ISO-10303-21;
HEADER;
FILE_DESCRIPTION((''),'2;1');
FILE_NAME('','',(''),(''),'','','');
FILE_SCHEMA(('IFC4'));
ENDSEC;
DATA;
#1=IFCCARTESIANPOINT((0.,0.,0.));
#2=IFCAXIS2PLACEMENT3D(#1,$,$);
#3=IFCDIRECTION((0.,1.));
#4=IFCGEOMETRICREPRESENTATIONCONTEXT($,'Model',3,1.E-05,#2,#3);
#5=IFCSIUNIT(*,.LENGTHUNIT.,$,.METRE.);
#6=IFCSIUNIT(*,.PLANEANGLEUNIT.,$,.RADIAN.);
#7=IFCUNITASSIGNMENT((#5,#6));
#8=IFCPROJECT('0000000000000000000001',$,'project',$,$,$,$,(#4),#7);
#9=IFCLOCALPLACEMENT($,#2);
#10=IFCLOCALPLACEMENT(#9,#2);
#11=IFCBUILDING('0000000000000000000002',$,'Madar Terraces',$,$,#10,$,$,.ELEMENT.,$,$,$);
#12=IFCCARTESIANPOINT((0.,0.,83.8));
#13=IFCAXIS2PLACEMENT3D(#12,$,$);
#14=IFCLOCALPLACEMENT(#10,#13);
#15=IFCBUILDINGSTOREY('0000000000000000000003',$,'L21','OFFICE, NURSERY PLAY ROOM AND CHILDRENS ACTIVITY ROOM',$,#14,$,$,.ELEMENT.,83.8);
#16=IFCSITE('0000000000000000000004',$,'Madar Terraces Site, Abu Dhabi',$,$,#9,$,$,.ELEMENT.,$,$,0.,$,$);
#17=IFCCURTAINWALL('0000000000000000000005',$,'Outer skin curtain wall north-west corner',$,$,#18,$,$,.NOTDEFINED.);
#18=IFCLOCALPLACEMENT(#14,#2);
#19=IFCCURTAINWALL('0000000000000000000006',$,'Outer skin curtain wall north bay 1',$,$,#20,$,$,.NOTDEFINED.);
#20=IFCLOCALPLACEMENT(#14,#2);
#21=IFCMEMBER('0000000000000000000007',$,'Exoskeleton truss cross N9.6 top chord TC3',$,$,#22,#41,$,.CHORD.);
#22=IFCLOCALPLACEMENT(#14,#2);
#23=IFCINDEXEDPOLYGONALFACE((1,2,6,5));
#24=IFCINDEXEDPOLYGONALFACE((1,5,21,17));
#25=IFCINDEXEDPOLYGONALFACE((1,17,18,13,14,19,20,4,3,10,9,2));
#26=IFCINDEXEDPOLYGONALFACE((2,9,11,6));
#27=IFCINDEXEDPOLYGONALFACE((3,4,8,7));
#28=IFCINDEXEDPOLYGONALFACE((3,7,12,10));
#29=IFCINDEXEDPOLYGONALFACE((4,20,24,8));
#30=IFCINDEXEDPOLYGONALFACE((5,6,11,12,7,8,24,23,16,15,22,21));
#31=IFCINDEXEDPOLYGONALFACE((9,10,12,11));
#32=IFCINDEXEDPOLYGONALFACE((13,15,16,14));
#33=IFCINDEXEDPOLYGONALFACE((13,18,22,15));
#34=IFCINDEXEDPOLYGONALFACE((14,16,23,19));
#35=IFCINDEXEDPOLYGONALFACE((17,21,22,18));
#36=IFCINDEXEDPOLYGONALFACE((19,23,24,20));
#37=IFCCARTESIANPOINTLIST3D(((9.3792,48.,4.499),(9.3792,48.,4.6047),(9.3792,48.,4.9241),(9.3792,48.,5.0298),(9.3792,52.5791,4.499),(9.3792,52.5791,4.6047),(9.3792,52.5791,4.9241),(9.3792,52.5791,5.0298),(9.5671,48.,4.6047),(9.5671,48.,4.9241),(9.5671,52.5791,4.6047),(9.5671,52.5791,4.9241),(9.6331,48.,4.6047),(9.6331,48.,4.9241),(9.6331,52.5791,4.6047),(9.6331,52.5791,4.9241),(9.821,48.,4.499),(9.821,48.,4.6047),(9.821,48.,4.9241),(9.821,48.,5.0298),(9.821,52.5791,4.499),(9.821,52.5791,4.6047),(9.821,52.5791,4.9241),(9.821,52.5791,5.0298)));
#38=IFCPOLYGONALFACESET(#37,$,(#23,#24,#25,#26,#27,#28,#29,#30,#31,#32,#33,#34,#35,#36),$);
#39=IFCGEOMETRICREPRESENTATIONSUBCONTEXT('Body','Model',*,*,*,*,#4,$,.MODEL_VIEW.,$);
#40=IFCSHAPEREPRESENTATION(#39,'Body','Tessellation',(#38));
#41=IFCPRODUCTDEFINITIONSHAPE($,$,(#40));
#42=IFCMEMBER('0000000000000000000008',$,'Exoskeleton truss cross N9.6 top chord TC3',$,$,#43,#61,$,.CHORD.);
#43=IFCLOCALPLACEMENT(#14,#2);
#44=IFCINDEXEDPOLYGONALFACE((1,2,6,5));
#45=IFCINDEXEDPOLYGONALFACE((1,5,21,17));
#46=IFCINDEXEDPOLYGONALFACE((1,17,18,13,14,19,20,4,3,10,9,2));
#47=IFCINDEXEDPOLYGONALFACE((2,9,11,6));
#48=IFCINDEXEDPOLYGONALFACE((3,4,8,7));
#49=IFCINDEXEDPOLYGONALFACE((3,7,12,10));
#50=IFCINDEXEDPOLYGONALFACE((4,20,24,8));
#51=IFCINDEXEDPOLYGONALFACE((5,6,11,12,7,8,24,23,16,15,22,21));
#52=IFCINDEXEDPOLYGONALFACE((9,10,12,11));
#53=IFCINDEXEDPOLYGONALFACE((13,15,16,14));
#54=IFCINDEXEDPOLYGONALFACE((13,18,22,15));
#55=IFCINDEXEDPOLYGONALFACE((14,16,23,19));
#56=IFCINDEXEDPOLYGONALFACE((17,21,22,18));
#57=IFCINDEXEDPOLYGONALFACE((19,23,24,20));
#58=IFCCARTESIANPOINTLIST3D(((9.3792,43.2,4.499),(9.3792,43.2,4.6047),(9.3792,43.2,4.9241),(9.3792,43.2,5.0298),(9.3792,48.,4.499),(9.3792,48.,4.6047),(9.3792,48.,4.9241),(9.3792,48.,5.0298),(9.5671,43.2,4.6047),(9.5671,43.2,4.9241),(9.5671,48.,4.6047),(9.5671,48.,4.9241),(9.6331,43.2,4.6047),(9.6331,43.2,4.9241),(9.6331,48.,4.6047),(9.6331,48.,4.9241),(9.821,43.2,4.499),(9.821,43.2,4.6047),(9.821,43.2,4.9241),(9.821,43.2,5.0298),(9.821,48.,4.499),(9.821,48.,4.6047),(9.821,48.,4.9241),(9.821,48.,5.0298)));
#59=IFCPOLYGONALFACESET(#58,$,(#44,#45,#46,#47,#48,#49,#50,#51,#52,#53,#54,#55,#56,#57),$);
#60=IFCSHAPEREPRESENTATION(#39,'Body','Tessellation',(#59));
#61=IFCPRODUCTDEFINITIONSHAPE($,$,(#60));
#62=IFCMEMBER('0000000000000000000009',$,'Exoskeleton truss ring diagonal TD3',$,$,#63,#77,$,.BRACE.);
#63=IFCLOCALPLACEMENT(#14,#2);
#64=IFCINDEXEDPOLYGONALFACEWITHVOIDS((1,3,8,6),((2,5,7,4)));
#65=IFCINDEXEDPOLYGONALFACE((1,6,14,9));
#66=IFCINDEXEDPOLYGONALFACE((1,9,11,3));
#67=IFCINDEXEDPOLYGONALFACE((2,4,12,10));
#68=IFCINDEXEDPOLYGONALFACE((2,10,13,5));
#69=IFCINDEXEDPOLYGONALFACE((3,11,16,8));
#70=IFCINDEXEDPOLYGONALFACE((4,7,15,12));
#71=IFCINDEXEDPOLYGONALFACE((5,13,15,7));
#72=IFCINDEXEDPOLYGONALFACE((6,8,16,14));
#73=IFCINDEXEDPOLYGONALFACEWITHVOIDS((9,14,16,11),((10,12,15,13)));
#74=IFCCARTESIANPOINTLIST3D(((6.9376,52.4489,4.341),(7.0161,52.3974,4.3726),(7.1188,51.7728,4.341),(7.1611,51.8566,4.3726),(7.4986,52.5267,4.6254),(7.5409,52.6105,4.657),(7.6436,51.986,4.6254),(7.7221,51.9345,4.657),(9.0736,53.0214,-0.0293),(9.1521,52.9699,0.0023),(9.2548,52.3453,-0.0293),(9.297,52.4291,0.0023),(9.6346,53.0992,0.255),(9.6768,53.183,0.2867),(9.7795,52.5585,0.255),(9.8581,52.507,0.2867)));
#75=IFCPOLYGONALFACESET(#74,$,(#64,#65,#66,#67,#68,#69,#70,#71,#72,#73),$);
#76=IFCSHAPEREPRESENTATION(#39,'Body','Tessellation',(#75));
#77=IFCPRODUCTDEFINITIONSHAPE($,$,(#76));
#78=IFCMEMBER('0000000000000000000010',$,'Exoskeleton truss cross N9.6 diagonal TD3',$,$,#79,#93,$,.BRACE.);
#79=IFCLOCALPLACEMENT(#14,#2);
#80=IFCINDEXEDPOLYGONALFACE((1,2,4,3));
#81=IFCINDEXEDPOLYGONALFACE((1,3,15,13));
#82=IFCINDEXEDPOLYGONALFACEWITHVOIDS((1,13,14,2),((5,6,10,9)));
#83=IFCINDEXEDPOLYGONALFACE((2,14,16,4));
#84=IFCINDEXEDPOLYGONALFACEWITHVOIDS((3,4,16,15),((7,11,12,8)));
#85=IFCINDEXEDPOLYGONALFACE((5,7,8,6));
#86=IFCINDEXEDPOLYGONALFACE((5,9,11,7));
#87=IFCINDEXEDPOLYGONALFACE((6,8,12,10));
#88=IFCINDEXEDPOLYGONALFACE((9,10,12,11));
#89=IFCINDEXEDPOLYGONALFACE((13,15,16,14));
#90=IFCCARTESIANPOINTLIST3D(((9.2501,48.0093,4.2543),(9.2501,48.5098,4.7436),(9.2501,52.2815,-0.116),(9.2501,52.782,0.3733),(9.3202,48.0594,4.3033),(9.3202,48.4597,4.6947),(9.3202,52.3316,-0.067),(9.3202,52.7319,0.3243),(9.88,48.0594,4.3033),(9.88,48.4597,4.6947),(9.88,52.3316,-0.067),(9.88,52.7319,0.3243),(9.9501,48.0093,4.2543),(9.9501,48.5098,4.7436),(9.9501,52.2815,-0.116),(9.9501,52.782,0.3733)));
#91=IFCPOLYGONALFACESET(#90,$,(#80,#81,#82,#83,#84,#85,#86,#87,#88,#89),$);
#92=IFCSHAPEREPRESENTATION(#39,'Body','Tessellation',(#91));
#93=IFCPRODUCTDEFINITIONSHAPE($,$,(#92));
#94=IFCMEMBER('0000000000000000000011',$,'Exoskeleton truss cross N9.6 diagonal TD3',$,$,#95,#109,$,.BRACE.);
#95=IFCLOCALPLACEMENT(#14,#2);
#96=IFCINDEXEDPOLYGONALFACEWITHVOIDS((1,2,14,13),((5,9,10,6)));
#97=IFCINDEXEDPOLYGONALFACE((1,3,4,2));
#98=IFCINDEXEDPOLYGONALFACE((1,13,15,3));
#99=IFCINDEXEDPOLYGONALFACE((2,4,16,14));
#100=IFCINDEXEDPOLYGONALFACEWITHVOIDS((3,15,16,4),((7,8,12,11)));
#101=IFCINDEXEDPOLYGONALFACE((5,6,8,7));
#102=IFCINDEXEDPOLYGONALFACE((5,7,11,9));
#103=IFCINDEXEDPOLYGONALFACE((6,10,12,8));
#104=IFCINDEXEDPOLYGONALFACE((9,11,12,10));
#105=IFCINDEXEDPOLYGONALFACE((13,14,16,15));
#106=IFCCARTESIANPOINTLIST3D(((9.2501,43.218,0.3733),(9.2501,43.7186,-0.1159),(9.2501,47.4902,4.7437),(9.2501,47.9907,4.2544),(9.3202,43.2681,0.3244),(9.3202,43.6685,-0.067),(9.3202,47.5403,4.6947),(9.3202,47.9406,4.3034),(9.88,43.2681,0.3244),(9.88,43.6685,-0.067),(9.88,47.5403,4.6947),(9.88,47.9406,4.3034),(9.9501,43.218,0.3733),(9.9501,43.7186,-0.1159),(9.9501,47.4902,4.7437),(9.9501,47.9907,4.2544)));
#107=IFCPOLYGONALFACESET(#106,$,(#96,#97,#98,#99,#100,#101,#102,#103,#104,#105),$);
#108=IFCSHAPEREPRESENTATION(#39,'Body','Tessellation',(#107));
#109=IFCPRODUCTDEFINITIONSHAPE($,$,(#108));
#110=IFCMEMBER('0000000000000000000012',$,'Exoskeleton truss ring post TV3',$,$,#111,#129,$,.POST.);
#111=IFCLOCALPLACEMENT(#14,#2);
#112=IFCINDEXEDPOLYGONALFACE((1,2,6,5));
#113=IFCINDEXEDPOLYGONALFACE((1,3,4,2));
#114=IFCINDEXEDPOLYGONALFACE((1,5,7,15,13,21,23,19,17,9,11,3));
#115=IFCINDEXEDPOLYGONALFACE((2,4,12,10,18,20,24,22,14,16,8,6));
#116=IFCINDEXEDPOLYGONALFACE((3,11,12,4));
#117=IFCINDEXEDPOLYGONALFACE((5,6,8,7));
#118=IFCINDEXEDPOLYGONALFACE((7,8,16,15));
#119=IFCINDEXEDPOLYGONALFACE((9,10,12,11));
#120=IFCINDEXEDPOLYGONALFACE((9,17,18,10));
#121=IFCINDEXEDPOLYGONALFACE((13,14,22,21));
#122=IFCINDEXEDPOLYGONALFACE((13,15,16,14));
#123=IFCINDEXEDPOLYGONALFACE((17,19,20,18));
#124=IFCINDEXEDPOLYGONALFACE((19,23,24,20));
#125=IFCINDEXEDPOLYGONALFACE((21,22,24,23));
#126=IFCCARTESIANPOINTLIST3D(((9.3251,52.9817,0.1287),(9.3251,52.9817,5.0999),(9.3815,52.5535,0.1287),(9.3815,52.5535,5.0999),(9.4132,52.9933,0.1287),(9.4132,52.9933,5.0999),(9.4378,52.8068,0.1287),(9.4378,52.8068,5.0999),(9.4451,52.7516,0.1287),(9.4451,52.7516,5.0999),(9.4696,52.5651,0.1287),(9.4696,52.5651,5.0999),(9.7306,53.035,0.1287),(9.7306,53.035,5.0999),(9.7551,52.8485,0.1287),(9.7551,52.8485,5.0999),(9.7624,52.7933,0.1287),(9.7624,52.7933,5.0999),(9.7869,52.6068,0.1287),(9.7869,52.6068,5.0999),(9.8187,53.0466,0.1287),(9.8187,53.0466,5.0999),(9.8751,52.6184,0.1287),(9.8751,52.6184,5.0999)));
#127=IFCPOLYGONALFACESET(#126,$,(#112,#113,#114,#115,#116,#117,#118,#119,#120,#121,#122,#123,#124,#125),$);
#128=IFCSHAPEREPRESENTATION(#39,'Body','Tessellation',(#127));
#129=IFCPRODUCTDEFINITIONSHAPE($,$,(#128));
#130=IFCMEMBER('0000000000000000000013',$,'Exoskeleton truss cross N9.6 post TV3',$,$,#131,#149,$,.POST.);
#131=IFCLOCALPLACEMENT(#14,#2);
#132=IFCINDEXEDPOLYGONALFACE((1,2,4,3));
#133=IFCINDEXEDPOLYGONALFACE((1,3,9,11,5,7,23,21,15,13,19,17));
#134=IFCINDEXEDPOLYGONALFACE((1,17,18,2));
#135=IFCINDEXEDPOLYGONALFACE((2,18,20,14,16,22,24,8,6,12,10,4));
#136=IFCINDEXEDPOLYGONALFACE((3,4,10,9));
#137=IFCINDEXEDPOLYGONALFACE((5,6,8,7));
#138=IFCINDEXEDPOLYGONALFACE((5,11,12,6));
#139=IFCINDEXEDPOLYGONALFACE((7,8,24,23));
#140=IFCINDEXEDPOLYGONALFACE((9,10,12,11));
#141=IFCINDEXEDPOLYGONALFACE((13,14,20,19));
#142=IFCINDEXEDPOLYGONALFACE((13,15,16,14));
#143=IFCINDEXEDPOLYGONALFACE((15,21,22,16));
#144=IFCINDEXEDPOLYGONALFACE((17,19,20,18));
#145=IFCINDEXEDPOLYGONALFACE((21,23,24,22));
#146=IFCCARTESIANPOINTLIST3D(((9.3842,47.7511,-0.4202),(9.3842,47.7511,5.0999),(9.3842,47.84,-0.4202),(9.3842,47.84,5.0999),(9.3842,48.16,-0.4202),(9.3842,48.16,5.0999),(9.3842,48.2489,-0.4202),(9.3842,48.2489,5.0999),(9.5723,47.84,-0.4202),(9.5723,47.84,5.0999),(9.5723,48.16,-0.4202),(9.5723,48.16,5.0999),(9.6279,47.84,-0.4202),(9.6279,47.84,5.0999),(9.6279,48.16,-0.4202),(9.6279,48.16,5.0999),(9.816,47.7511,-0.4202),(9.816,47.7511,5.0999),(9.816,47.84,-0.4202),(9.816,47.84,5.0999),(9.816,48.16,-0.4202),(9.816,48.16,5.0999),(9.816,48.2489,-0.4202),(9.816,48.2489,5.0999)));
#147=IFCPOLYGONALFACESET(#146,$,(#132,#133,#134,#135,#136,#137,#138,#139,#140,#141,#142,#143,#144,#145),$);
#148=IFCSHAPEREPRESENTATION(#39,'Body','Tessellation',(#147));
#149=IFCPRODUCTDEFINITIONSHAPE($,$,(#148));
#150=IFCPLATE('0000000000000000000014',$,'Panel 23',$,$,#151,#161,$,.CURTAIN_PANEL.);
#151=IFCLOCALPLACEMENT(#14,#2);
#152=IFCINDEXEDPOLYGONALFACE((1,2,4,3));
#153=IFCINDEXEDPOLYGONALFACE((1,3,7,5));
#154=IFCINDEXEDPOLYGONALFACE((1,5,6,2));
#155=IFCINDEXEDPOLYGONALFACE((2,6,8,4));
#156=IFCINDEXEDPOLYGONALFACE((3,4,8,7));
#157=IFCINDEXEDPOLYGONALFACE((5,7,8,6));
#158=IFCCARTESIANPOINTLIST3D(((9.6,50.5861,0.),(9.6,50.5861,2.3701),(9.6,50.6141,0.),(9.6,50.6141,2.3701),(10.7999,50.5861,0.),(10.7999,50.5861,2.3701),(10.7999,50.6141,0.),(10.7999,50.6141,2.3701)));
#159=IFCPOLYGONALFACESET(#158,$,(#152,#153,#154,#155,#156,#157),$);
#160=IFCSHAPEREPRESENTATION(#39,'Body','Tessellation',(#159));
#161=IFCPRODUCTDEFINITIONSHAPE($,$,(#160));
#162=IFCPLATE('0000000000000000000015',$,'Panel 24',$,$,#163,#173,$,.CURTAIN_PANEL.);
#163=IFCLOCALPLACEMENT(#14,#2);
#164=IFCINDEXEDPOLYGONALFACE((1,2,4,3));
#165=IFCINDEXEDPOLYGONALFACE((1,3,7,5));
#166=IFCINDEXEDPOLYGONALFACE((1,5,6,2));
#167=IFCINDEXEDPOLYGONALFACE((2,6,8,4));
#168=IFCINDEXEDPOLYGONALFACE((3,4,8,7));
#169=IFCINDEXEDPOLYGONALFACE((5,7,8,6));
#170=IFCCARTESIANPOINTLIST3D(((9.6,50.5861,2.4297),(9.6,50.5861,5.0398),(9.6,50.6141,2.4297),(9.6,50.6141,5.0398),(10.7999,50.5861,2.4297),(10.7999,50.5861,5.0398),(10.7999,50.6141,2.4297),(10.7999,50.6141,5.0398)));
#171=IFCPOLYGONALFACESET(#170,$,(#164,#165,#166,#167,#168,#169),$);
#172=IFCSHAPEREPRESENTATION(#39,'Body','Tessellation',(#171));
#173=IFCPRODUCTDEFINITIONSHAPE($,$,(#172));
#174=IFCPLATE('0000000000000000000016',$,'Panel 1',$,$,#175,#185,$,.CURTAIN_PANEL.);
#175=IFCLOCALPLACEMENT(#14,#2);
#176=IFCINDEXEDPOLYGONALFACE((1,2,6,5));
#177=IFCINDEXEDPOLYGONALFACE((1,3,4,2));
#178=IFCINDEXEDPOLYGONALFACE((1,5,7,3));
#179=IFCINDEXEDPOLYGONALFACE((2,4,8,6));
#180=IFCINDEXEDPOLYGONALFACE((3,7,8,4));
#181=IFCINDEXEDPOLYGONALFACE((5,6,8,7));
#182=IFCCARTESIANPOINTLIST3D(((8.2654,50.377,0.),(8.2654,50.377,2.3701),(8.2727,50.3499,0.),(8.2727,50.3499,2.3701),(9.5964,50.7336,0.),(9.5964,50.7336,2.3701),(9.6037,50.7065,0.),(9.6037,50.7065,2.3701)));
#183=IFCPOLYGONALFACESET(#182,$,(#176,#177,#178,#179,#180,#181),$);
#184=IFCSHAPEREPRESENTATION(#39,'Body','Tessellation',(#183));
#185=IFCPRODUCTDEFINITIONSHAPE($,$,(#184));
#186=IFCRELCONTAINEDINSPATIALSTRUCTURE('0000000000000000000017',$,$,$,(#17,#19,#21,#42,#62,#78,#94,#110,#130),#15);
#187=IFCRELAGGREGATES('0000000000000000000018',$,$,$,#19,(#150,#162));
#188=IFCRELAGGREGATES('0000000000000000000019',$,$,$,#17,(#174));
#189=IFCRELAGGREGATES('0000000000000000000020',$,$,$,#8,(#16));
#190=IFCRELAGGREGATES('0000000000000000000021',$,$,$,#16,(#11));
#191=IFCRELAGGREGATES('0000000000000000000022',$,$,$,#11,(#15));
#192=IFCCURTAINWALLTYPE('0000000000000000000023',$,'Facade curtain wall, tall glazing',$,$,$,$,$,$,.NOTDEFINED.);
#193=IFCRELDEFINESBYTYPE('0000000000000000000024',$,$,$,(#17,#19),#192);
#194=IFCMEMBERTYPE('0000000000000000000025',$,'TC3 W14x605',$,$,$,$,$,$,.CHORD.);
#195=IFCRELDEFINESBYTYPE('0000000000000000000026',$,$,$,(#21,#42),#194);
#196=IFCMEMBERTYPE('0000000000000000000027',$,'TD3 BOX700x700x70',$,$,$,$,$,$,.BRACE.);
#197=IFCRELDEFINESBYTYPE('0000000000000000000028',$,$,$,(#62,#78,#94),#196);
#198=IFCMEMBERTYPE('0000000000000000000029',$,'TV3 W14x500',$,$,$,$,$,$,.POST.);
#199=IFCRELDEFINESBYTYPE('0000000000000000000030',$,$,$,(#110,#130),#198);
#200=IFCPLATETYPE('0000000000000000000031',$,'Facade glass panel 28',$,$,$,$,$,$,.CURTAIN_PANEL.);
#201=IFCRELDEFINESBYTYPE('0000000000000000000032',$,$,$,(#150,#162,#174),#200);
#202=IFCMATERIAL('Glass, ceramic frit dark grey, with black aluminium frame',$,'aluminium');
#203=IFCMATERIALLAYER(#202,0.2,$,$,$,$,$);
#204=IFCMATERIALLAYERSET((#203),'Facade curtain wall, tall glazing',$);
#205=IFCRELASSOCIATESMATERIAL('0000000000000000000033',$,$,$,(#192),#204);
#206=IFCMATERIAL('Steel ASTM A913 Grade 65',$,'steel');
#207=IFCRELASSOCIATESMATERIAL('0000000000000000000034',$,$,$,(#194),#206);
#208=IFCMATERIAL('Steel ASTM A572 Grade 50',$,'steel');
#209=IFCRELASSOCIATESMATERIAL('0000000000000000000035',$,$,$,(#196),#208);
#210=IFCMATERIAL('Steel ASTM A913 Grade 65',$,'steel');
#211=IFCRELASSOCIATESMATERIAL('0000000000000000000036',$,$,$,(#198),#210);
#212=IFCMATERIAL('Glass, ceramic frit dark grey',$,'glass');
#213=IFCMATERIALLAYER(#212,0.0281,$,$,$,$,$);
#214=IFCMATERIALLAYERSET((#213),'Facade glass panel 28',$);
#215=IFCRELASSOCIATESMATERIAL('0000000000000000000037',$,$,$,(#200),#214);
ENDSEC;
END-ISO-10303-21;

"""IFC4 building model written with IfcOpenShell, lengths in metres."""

from ifc_helpers import new_model, si_unit, direction, frame, origin, origin_2d, place, context, subcontext, project, spatial, rectangle, hollow_rectangle, i_section, extrude, material, layer, layer_set, material_profile, profile_set, type_object, element, aggregate, save


model = new_model("IFC4")

# Units and contexts
model_context = context("Model", 3, precision=1e-05, world=origin(), true_north=direction((0.0, 1.0)))
body_context = subcontext(model_context, "Body", "Model", "MODEL_VIEW")
ifc_project = project(units=[si_unit("LENGTHUNIT", "METRE"), si_unit("PLANEANGLEUNIT", "RADIAN")], contexts=[model_context])

# Site, building, storey
site_placement = place(None, origin())
site = spatial("IfcSite", under=ifc_project, at=site_placement, Name="Madar Terraces Site, Abu Dhabi", CompositionType="ELEMENT", RefElevation=0.0)
building_placement = place(site_placement, origin())
building = spatial("IfcBuilding", under=site, at=building_placement, Name="Madar Terraces", CompositionType="ELEMENT")
storey_placement = place(building_placement, frame((0.0, 0.0, 83.8)))
storey = spatial("IfcBuildingStorey", under=building, at=storey_placement, Name="L21", Description="OFFICE, NURSERY PLAY ROOM AND CHILDRENS ACTIVITY ROOM", CompositionType="ELEMENT", Elevation=83.8)

# Curtain wall
ifc_material_1 = material(Name="Glass, ceramic frit dark grey, with black aluminium frame", Category="aluminium")
ifc_layer_1 = layer(ifc_material_1, 0.2)
ifc_layer_set_1 = layer_set([ifc_layer_1], Name="Facade curtain wall, tall glazing")
curtain_wall_type = type_object("IfcCurtainWallType", Name="Facade curtain wall, tall glazing", PredefinedType="NOTDEFINED", material=ifc_layer_set_1)
curtain_wall_1_placement = place(storey_placement, origin())
curtain_wall_1 = element("IfcCurtainWall", 1, at=curtain_wall_1_placement, inside=storey, type_object=curtain_wall_type, Name="Outer skin curtain wall north-west corner", PredefinedType="NOTDEFINED")

# Curtain wall
curtain_wall_2_placement = place(storey_placement, origin())
curtain_wall_2 = element("IfcCurtainWall", 2, at=curtain_wall_2_placement, inside=storey, type_object=curtain_wall_type, Name="Outer skin curtain wall north bay 1", PredefinedType="NOTDEFINED")

# Members
ifc_material_2 = material(Name="Steel ASTM A913 Grade 65", Category="steel")
ifc_material_profile_1 = material_profile(ifc_material_2, i_section(OverallWidth=0.4419, OverallDepth=0.5308, WebThickness=0.0659, FlangeThickness=0.1057, at=origin_2d()), Name="W14x605")
ifc_profile_set_1 = profile_set([ifc_material_profile_1], Name="Steel ASTM A913 Grade 65")
member_type_1 = type_object("IfcMemberType", Name="TC3 W14x605", PredefinedType="CHORD", material=ifc_profile_set_1)
member_1_placement = place(storey_placement, frame((9.6001, 52.5791, 4.7644), z_axis=(0.0, -1.0, 0.0), x_axis=(1.0, 0.0, 0.0)))
element("IfcMember", 3, at=member_1_placement, inside=storey, type_object=member_type_1, Name="Exoskeleton truss cross N9.6 top chord TC3", PredefinedType="CHORD", context=body_context, shape_type="SweptSolid", body=[
    extrude(i_section(OverallWidth=0.4419, OverallDepth=0.5308, WebThickness=0.0659, FlangeThickness=0.1057, at=origin_2d()), origin(), (0.0, 0.0, 1.0), 4.5791),
])
member_2_placement = place(storey_placement, frame((9.6001, 48.0, 4.7644), z_axis=(0.0, -1.0, 0.0), x_axis=(1.0, 0.0, 0.0)))
element("IfcMember", 4, at=member_2_placement, inside=storey, type_object=member_type_1, Name="Exoskeleton truss cross N9.6 top chord TC3", PredefinedType="CHORD", context=body_context, shape_type="SweptSolid", body=[
    extrude(i_section(OverallWidth=0.4419, OverallDepth=0.5308, WebThickness=0.0659, FlangeThickness=0.1057, at=origin_2d()), origin(), (0.0, 0.0, 1.0), 4.8),
])
ifc_material_3 = material(Name="Steel ASTM A572 Grade 50", Category="steel")
ifc_material_profile_2 = material_profile(ifc_material_3, hollow_rectangle(XDim=0.7, YDim=0.7, WallThickness=0.0701, at=origin_2d()), Name="BOX700x700x70")
ifc_profile_set_2 = profile_set([ifc_material_profile_2], Name="Steel ASTM A572 Grade 50")
member_type_2 = type_object("IfcMemberType", Name="TD3 BOX700x700x70", PredefinedType="BRACE", material=ifc_profile_set_2)
member_3_placement = place(storey_placement, frame((9.4658, 52.7642, 0.1287), z_axis=(-0.436095, -0.116887, 0.892277), x_axis=(0.258892, -0.965906, 0.0)))
element("IfcMember", 5, at=member_3_placement, inside=storey, type_object=member_type_2, Name="Exoskeleton truss ring diagonal TD3", PredefinedType="BRACE", context=body_context, shape_type="SweptSolid", body=[
    extrude(hollow_rectangle(XDim=0.7, YDim=0.7, WallThickness=0.0701, at=origin_2d()), origin(), (0.0, 0.0, 1.0), 4.8979),
])
for number, where, z_axis, x_axis, name in (
    (6, (9.6001, 52.5317, 0.1287), (0.0, -0.699032, 0.715091), (1.0, 0.0, 0.0), "Exoskeleton truss cross N9.6 diagonal TD3"),
    (7, (9.6001, 47.7405, 4.499), (0.0, -0.699032, -0.715091), (1.0, 0.0, 0.0), "Exoskeleton truss cross N9.6 diagonal TD3"),
):
    element("IfcMember", number, at=place(storey_placement, frame(where, z_axis=z_axis, x_axis=x_axis)), inside=storey, type_object=member_type_2, Name=name, PredefinedType="BRACE", context=body_context, shape_type="SweptSolid", body=[
        extrude(hollow_rectangle(XDim=0.7, YDim=0.7, WallThickness=0.0701, at=origin_2d()), origin(), (0.0, 0.0, 1.0), 6.1116),
    ])
ifc_material_4 = material(Name="Steel ASTM A913 Grade 65", Category="steel")
ifc_material_profile_3 = material_profile(ifc_material_4, i_section(OverallWidth=0.4319, OverallDepth=0.4978, WebThickness=0.0557, FlangeThickness=0.0889, at=origin_2d()), Name="W14x500")
ifc_profile_set_3 = profile_set([ifc_material_profile_3], Name="Steel ASTM A913 Grade 65")
member_type_3 = type_object("IfcMemberType", Name="TV3 W14x500", PredefinedType="POST", material=ifc_profile_set_3)
member_4_placement = place(storey_placement, frame((9.6001, 52.8, 0.1287), z_axis=(0.0, 0.0, 1.0), x_axis=(0.130526, -0.991445, 0.0)))
element("IfcMember", 8, at=member_4_placement, inside=storey, type_object=member_type_3, Name="Exoskeleton truss ring post TV3", PredefinedType="POST", context=body_context, shape_type="SweptSolid", body=[
    extrude(i_section(OverallWidth=0.4319, OverallDepth=0.4978, WebThickness=0.0557, FlangeThickness=0.0889, at=origin_2d()), origin(), (0.0, 0.0, 1.0), 4.9712),
])
member_5_placement = place(storey_placement, frame((9.6001, 48.0, -0.4202), z_axis=(0.0, 0.0, 1.0), x_axis=(-1.0, 0.0, 0.0)))
element("IfcMember", 9, at=member_5_placement, inside=storey, type_object=member_type_3, Name="Exoskeleton truss cross N9.6 post TV3", PredefinedType="POST", context=body_context, shape_type="SweptSolid", body=[
    extrude(i_section(OverallWidth=0.4319, OverallDepth=0.4978, WebThickness=0.0557, FlangeThickness=0.0889, at=origin_2d()), origin(), (0.0, 0.0, 1.0), 5.52),
])

# Plates
ifc_material_5 = material(Name="Glass, ceramic frit dark grey", Category="glass")
ifc_layer_2 = layer(ifc_material_5, 0.0281)
ifc_layer_set_2 = layer_set([ifc_layer_2], Name="Facade glass panel 28")
plate_type = type_object("IfcPlateType", Name="Facade glass panel 28", PredefinedType="CURTAIN_PANEL", material=ifc_layer_set_2)
plate_1_placement = place(storey_placement, frame((10.2, 50.6001, 0.0), z_axis=(0.0, 0.0, 1.0), x_axis=(-1.0, 0.0, 0.0)))
plate_1 = element("IfcPlate", 10, at=plate_1_placement, type_object=plate_type, Name="Panel 23", PredefinedType="CURTAIN_PANEL", context=body_context, shape_type="SweptSolid", body=[
    extrude(rectangle(XDim=1.2, YDim=0.0281, at=origin_2d()), origin(), (0.0, 0.0, 1.0), 2.3701),
])
plate_2_placement = place(storey_placement, frame((10.2, 50.6001, 2.4297), z_axis=(0.0, 0.0, 1.0), x_axis=(-1.0, 0.0, 0.0)))
plate_2 = element("IfcPlate", 11, at=plate_2_placement, type_object=plate_type, Name="Panel 24", PredefinedType="CURTAIN_PANEL", context=body_context, shape_type="SweptSolid", body=[
    extrude(rectangle(XDim=1.2, YDim=0.0281, at=origin_2d()), origin(), (0.0, 0.0, 1.0), 2.6101),
])
aggregate(curtain_wall_2, [plate_1, plate_2])
plate_3_placement = place(storey_placement, frame((8.9346, 50.5417, 0.0), z_axis=(0.0, 0.0, 1.0), x_axis=(-0.965926, -0.258819, 0.0)))
plate_3 = element("IfcPlate", 12, at=plate_3_placement, type_object=plate_type, Name="Panel 1", PredefinedType="CURTAIN_PANEL", context=body_context, shape_type="SweptSolid", body=[
    extrude(rectangle(XDim=1.3779, YDim=0.0281, at=origin_2d()), origin(), (0.0, 0.0, 1.0), 2.3701),
])
aggregate(curtain_wall_1, [plate_3])

save(model, "model.ifc")
